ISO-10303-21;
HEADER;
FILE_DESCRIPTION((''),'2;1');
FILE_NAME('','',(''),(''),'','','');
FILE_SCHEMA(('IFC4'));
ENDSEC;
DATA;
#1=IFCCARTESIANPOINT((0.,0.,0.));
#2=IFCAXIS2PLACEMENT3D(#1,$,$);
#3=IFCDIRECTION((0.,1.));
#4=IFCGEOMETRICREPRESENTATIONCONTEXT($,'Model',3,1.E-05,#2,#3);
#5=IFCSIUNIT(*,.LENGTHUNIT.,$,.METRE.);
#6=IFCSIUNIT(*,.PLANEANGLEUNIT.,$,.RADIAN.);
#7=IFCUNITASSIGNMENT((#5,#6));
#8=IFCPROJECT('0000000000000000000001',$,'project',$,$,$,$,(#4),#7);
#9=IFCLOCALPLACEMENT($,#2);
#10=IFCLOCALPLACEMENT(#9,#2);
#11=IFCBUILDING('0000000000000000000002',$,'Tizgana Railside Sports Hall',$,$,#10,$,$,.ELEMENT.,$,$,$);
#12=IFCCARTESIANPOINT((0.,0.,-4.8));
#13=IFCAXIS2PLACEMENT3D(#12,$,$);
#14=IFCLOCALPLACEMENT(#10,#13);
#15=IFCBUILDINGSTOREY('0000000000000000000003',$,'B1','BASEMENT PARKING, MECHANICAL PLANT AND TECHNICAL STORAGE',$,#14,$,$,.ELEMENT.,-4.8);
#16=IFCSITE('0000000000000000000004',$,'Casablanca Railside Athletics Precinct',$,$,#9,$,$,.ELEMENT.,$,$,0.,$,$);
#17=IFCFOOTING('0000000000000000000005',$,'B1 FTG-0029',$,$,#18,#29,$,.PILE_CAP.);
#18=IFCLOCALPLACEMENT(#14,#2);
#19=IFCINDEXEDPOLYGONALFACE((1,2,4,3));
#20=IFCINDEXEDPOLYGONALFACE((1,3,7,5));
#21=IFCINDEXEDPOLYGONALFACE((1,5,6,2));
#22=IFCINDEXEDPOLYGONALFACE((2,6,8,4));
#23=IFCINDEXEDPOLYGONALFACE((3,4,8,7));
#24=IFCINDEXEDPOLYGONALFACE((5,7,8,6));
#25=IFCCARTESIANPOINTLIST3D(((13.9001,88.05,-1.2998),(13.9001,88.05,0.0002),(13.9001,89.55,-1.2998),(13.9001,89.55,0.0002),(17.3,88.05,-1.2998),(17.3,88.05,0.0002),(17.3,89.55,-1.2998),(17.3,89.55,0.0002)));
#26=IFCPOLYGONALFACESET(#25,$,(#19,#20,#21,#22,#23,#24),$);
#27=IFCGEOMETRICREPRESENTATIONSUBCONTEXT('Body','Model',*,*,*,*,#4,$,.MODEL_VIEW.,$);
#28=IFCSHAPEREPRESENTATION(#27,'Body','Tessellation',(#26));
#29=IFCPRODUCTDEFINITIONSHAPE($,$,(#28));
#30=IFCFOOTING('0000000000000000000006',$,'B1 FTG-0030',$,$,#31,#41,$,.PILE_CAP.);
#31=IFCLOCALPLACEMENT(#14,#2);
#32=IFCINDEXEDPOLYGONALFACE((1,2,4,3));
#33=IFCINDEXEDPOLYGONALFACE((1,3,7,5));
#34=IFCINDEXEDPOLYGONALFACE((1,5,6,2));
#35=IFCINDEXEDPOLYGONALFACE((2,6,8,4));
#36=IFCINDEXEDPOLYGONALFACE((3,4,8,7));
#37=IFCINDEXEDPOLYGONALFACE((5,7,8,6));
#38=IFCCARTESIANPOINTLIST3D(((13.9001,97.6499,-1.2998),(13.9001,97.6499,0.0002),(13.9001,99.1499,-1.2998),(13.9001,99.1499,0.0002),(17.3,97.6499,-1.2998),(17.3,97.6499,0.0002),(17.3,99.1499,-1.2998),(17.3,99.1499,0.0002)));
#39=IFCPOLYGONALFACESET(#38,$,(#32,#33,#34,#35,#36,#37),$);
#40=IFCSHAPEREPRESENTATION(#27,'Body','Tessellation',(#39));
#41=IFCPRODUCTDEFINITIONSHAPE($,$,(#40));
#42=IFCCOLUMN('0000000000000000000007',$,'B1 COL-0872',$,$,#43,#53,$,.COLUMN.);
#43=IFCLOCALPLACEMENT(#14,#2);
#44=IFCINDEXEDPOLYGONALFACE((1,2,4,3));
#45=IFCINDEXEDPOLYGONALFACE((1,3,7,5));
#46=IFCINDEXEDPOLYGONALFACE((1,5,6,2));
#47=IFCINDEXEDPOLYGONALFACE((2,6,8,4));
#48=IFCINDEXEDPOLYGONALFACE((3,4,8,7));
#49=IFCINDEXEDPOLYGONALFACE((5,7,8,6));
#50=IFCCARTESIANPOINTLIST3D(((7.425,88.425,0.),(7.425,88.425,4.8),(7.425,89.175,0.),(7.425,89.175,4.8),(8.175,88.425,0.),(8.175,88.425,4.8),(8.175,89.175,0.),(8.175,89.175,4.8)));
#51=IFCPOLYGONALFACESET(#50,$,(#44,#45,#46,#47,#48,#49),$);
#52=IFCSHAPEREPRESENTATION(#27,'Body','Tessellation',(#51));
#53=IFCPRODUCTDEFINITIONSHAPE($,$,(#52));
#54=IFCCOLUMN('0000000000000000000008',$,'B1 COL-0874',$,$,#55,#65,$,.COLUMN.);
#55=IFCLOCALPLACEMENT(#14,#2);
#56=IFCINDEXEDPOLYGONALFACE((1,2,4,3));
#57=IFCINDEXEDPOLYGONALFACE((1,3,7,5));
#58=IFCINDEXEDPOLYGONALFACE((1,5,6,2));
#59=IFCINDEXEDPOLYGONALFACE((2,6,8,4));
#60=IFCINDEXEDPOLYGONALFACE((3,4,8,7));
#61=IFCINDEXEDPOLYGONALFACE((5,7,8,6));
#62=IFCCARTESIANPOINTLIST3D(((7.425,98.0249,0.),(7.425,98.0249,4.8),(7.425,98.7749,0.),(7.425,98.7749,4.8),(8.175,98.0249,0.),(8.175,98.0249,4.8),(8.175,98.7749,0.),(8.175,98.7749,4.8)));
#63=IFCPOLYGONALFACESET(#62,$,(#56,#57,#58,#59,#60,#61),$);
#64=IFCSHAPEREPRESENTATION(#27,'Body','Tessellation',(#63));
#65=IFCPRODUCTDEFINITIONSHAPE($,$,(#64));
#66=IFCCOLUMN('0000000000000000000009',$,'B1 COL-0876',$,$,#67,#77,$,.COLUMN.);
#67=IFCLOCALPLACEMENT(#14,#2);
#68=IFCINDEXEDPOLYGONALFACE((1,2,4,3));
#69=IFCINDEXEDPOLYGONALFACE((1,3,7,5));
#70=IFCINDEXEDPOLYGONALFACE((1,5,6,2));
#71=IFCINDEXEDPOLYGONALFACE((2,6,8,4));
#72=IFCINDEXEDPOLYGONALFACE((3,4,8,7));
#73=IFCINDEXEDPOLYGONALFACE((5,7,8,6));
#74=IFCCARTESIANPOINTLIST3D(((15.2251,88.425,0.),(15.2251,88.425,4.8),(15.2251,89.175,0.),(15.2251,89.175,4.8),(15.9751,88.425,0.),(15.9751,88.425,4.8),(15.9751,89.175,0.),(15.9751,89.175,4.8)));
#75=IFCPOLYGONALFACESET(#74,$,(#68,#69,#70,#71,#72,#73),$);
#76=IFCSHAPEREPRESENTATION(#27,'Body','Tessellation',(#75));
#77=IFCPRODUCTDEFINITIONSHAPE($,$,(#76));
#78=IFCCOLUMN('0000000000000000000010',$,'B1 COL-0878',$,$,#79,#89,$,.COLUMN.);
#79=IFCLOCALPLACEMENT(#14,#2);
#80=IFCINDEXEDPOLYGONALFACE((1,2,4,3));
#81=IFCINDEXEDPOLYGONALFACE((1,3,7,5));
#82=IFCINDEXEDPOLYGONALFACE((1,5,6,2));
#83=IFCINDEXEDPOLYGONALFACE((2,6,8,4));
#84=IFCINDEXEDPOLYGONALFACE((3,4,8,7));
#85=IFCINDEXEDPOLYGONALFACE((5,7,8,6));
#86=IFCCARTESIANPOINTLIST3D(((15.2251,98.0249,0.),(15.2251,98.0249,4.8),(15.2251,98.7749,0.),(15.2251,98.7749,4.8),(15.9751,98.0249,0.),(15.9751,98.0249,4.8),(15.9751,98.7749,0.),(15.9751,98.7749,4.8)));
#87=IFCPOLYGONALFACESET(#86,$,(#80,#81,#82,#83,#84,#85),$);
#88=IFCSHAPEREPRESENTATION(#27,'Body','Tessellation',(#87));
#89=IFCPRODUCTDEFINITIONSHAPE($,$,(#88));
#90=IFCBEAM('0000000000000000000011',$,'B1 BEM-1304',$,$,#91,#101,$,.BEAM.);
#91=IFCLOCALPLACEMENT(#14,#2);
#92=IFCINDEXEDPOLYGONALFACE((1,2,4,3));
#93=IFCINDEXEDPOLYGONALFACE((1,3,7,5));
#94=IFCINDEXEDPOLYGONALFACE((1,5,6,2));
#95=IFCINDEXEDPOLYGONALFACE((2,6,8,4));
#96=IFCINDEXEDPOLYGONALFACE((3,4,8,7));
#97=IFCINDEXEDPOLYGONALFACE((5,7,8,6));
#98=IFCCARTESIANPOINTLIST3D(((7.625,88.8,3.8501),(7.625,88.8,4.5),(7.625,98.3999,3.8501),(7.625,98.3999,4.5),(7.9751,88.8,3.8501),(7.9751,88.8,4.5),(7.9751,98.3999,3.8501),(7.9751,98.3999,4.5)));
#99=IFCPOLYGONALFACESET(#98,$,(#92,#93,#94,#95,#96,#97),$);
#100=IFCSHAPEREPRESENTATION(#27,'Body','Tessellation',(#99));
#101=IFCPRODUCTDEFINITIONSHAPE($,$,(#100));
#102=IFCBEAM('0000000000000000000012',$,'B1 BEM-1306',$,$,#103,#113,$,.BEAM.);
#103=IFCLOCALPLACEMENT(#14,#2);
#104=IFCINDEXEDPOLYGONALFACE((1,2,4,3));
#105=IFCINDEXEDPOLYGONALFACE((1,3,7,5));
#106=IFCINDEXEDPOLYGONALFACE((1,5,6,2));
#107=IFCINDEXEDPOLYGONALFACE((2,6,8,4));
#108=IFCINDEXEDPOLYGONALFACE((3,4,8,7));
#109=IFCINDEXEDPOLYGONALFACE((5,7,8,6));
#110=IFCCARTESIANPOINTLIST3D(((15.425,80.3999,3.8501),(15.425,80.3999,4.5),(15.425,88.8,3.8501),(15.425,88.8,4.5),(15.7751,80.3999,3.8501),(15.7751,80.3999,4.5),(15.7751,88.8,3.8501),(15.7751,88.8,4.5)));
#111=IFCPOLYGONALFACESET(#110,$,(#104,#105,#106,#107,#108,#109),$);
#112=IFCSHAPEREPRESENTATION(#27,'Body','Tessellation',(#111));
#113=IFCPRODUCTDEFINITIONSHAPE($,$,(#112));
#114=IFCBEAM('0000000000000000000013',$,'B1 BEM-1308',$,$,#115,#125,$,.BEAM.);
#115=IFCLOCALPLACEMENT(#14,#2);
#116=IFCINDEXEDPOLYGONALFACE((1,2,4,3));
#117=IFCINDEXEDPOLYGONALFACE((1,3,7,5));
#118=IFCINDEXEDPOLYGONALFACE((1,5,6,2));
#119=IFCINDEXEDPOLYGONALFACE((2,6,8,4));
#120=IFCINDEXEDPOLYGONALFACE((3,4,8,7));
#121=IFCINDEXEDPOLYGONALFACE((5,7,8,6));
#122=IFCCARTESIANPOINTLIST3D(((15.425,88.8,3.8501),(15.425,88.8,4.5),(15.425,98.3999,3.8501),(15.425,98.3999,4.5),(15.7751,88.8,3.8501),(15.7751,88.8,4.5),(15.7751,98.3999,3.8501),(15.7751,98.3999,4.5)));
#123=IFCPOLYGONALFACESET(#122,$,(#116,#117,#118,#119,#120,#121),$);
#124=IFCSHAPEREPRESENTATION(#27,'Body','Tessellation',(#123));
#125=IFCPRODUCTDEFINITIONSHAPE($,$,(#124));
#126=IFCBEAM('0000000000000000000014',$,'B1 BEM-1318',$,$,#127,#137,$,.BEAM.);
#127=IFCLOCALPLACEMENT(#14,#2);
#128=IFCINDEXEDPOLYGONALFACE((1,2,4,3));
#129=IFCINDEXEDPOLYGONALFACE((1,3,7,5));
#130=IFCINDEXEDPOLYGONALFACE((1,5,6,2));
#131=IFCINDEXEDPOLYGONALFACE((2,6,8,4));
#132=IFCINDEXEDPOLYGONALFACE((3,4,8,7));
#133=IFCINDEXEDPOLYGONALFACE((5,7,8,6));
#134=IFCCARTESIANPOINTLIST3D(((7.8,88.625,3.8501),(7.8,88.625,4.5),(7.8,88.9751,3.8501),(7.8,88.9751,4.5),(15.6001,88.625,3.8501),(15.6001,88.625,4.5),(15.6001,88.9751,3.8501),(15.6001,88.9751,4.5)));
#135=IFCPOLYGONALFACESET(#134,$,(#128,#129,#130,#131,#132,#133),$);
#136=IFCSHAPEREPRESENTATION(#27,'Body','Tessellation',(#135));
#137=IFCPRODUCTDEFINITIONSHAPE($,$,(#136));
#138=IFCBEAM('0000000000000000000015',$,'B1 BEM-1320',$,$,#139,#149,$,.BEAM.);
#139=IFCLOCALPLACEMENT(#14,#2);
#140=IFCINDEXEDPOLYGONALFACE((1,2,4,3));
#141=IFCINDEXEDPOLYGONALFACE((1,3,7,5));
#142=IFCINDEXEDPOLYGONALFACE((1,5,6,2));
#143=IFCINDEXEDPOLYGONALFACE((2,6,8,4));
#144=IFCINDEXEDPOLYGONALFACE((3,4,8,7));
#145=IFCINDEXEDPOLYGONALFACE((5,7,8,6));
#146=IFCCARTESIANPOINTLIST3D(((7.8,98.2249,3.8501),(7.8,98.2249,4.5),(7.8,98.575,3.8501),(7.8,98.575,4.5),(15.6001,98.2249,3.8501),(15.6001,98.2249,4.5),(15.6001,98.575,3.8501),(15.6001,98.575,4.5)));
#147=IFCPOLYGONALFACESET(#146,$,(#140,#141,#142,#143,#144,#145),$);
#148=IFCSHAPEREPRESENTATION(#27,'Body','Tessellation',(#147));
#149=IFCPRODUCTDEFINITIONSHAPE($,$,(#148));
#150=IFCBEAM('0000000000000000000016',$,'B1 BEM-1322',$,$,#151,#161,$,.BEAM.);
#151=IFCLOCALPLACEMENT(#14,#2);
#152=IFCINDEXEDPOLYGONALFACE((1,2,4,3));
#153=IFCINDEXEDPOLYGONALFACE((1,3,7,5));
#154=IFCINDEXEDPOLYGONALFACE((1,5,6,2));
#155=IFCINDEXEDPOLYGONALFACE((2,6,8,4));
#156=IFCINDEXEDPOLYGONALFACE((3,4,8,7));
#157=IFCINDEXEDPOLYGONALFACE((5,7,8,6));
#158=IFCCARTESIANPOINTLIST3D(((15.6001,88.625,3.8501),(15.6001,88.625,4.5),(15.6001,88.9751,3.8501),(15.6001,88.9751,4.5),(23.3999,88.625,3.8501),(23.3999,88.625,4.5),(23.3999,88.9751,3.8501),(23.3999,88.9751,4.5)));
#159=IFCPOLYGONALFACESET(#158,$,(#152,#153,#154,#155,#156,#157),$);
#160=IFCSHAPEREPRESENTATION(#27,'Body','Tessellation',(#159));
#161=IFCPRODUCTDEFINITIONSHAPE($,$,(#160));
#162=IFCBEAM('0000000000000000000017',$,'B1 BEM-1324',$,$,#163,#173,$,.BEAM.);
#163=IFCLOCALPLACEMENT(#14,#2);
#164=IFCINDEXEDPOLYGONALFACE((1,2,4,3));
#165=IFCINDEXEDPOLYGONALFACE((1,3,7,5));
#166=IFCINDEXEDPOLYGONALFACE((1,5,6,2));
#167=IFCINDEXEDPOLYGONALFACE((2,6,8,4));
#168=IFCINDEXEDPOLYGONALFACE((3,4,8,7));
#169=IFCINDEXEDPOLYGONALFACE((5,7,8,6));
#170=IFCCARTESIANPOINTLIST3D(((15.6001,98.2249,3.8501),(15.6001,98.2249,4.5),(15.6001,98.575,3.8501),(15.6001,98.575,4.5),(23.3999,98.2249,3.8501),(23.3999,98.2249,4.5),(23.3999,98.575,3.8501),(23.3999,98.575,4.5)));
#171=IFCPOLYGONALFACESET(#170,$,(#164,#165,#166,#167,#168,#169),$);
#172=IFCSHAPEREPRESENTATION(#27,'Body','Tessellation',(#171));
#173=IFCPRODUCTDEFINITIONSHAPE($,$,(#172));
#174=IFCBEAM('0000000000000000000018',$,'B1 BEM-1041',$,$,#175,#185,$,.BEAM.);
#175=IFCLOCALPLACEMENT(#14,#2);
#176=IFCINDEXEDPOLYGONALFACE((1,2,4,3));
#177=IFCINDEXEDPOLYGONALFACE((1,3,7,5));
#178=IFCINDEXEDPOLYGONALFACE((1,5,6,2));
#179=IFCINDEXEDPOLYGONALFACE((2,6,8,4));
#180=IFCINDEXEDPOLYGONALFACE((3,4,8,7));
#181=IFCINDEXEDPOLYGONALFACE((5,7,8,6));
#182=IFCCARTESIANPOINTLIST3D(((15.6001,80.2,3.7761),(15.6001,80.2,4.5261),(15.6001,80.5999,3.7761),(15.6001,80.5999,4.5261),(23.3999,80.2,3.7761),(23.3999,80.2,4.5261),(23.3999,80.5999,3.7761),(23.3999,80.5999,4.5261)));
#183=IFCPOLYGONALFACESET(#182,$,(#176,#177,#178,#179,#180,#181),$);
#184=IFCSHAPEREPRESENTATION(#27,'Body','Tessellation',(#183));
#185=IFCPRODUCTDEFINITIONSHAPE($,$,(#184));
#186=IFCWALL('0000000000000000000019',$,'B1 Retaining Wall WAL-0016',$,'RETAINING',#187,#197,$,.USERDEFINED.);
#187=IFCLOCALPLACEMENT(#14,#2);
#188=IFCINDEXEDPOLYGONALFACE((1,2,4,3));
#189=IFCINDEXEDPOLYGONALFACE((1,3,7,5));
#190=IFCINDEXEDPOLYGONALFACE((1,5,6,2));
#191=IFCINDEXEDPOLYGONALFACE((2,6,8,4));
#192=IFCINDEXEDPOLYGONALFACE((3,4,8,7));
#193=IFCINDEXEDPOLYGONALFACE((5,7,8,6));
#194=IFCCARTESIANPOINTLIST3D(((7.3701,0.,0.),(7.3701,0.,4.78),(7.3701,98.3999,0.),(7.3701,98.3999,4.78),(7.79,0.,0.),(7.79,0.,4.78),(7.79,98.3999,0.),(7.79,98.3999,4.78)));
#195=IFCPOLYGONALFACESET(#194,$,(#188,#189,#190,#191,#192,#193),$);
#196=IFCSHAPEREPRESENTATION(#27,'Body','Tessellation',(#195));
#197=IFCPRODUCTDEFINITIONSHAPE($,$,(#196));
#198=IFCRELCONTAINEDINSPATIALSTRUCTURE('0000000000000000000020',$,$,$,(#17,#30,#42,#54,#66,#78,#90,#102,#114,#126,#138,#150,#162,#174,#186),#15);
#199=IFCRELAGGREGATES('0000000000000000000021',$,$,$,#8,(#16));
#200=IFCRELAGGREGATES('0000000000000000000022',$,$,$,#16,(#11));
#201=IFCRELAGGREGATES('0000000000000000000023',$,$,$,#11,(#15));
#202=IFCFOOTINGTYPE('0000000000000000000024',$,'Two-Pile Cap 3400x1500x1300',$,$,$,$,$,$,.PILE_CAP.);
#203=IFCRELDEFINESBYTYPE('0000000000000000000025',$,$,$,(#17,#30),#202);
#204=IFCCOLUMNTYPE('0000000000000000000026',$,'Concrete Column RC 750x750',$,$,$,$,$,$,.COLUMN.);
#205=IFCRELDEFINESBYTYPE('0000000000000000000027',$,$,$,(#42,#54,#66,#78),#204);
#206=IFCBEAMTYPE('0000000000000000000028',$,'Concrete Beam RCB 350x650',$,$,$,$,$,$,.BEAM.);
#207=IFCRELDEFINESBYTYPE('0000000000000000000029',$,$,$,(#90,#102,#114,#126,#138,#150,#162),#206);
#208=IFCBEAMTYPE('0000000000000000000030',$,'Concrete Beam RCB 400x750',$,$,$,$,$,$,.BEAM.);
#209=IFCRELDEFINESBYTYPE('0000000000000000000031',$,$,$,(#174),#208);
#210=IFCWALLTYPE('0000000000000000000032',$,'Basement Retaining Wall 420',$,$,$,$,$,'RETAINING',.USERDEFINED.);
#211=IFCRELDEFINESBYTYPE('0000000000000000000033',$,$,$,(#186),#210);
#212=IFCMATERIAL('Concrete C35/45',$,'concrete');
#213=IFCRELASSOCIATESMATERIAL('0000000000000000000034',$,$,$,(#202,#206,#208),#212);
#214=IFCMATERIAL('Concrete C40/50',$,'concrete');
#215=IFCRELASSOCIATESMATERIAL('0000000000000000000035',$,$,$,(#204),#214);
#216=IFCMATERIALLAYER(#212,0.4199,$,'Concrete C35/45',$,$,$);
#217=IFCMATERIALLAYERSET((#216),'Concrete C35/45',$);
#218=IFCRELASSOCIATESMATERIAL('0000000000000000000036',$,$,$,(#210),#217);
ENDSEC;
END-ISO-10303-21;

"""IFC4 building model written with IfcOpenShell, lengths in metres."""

from ifc_helpers import new_model, si_unit, direction, frame, frame_2d, origin, origin_2d, place, context, subcontext, project, spatial, rectangle, extrude, material, layer, layer_set, material_profile, profile_set, type_object, element, save


model = new_model("IFC4")

# Units and contexts
model_context = context("Model", 3, precision=1e-05, world=origin(), true_north=direction((0.0, 1.0)))
body_context = subcontext(model_context, "Body", "Model", "MODEL_VIEW")
ifc_project = project(units=[si_unit("LENGTHUNIT", "METRE"), si_unit("PLANEANGLEUNIT", "RADIAN")], contexts=[model_context])

# Site, building, storey
site_placement = place(None, origin())
site = spatial("IfcSite", under=ifc_project, at=site_placement, Name="Casablanca Railside Athletics Precinct", CompositionType="ELEMENT", RefElevation=0.0)
building_placement = place(site_placement, origin())
building = spatial("IfcBuilding", under=site, at=building_placement, Name="Tizgana Railside Sports Hall", CompositionType="ELEMENT")
storey_placement = place(building_placement, frame((0.0, 0.0, -4.8)))
storey = spatial("IfcBuildingStorey", under=building, at=storey_placement, Name="B1", Description="BASEMENT PARKING, MECHANICAL PLANT AND TECHNICAL STORAGE", CompositionType="ELEMENT", Elevation=-4.8)

# Shared definitions
ifc_material_1 = material(Name="Concrete C35/45", Category="concrete")

# Footings
footing_type_1 = type_object("IfcFootingType", Name="Two-Pile Cap 3400x1500x1300", PredefinedType="PILE_CAP", material=ifc_material_1)
for number, where, z_axis, x_axis, name in (
    (1, (15.6001, 88.8, -1.2998), (0.0, 0.0, 1.0), (1.0, 0.0, 0.0), "B1 FTG-0029"),
    (2, (15.6001, 98.3999, -1.2998), (0.0, 0.0, 1.0), (1.0, 0.0, 0.0), "B1 FTG-0030"),
):
    element("IfcFooting", number, at=place(storey_placement, frame(where, z_axis=z_axis, x_axis=x_axis)), inside=storey, type_object=footing_type_1, Name=name, PredefinedType="PILE_CAP", context=body_context, shape_type="SweptSolid", body=[
        extrude(rectangle(XDim=3.3999, YDim=1.5, at=origin_2d()), origin(), (0.0, 0.0, 1.0), 1.3),
    ])

# Columns
ifc_material_2 = material(Name="Concrete C40/50", Category="concrete")
ifc_material_profile_1 = material_profile(ifc_material_2, rectangle(XDim=0.75, YDim=0.75, at=origin_2d()), Name="RC 750x750")
ifc_profile_set_1 = profile_set([ifc_material_profile_1], Name="Concrete C40/50")
column_type = type_object("IfcColumnType", Name="Concrete Column RC 750x750", PredefinedType="COLUMN", material=ifc_profile_set_1)
for number, where, z_axis, x_axis, name in (
    (3, (7.8, 88.8, 0.0), (0.0, 0.0, 1.0), (1.0, 0.0, 0.0), "B1 COL-0872"),
    (4, (7.8, 98.3999, 0.0), (0.0, 0.0, 1.0), (1.0, 0.0, 0.0), "B1 COL-0874"),
    (5, (15.6001, 88.8, 0.0), (0.0, 0.0, 1.0), (1.0, 0.0, 0.0), "B1 COL-0876"),
    (6, (15.6001, 98.3999, 0.0), (0.0, 0.0, 1.0), (1.0, 0.0, 0.0), "B1 COL-0878"),
):
    element("IfcColumn", number, at=place(storey_placement, frame(where, z_axis=z_axis, x_axis=x_axis)), inside=storey, type_object=column_type, Name=name, PredefinedType="COLUMN", context=body_context, shape_type="SweptSolid", body=[
        extrude(rectangle(XDim=0.75, YDim=0.75, at=origin_2d()), origin(), (0.0, 0.0, 1.0), 4.8),
    ])

# Beams
ifc_material_profile_2 = material_profile(ifc_material_1, rectangle(XDim=0.3501, YDim=0.6499, at=origin_2d()), Name="RCB 350x650")
ifc_profile_set_2 = profile_set([ifc_material_profile_2], Name="Concrete C35/45")
beam_type_1 = type_object("IfcBeamType", Name="Concrete Beam RCB 350x650", PredefinedType="BEAM", material=ifc_profile_set_2)
beam_1_placement = place(storey_placement, frame((7.8, 88.8, 4.175), z_axis=(0.0, 1.0, 0.0), x_axis=(-1.0, 0.0, 0.0)))
element("IfcBeam", 7, at=beam_1_placement, inside=storey, type_object=beam_type_1, Name="B1 BEM-1304", PredefinedType="BEAM", context=body_context, shape_type="SweptSolid", body=[
    extrude(rectangle(XDim=0.3501, YDim=0.6499, at=origin_2d()), origin(), (0.0, 0.0, 1.0), 9.5999),
])
beam_2_placement = place(storey_placement, frame((15.6001, 80.3999, 4.175), z_axis=(0.0, 1.0, 0.0), x_axis=(-1.0, 0.0, 0.0)))
element("IfcBeam", 8, at=beam_2_placement, inside=storey, type_object=beam_type_1, Name="B1 BEM-1306", PredefinedType="BEAM", context=body_context, shape_type="SweptSolid", body=[
    extrude(rectangle(XDim=0.3501, YDim=0.6499, at=origin_2d()), origin(), (0.0, 0.0, 1.0), 8.4001),
])
beam_3_placement = place(storey_placement, frame((15.6001, 88.8, 4.175), z_axis=(0.0, 1.0, 0.0), x_axis=(-1.0, 0.0, 0.0)))
element("IfcBeam", 9, at=beam_3_placement, inside=storey, type_object=beam_type_1, Name="B1 BEM-1308", PredefinedType="BEAM", context=body_context, shape_type="SweptSolid", body=[
    extrude(rectangle(XDim=0.3501, YDim=0.6499, at=origin_2d()), origin(), (0.0, 0.0, 1.0), 9.5999),
])
for number, where, z_axis, x_axis, name in (
    (10, (7.8, 88.8, 4.175), (1.0, 0.0, 0.0), (0.0, 1.0, 0.0), "B1 BEM-1318"),
    (11, (7.8, 98.3999, 4.175), (1.0, 0.0, 0.0), (0.0, 1.0, 0.0), "B1 BEM-1320"),
):
    element("IfcBeam", number, at=place(storey_placement, frame(where, z_axis=z_axis, x_axis=x_axis)), inside=storey, type_object=beam_type_1, Name=name, PredefinedType="BEAM", context=body_context, shape_type="SweptSolid", body=[
        extrude(rectangle(XDim=0.3501, YDim=0.6499, at=origin_2d()), origin(), (0.0, 0.0, 1.0), 7.8),
    ])
for number, where, z_axis, x_axis, name in (
    (12, (15.6001, 88.8, 4.175), (1.0, 0.0, 0.0), (0.0, 1.0, 0.0), "B1 BEM-1322"),
    (13, (15.6001, 98.3999, 4.175), (1.0, 0.0, 0.0), (0.0, 1.0, 0.0), "B1 BEM-1324"),
):
    element("IfcBeam", number, at=place(storey_placement, frame(where, z_axis=z_axis, x_axis=x_axis)), inside=storey, type_object=beam_type_1, Name=name, PredefinedType="BEAM", context=body_context, shape_type="SweptSolid", body=[
        extrude(rectangle(XDim=0.3501, YDim=0.6499, at=origin_2d()), origin(), (0.0, 0.0, 1.0), 7.7998),
    ])
ifc_material_profile_3 = material_profile(ifc_material_1, rectangle(XDim=0.3999, YDim=0.75, at=origin_2d()), Name="RCB 400x750")
ifc_profile_set_3 = profile_set([ifc_material_profile_3], Name="Concrete C35/45")
beam_type_2 = type_object("IfcBeamType", Name="Concrete Beam RCB 400x750", PredefinedType="BEAM", material=ifc_profile_set_3)
beam_4_placement = place(storey_placement, frame((15.6001, 80.3999, 4.1511), z_axis=(1.0, 0.0, 0.0), x_axis=(0.0, 1.0, 0.0)))
element("IfcBeam", 14, at=beam_4_placement, inside=storey, type_object=beam_type_2, Name="B1 BEM-1041", PredefinedType="BEAM", context=body_context, shape_type="SweptSolid", body=[
    extrude(rectangle(XDim=0.3999, YDim=0.75, at=origin_2d()), origin(), (0.0, 0.0, 1.0), 7.7998),
])

# Wall
ifc_layer = layer(ifc_material_1, 0.4199, Name="Concrete C35/45")
ifc_layer_set = layer_set([ifc_layer], Name="Concrete C35/45")
wall_type = type_object("IfcWallType", Name="Basement Retaining Wall 420", ElementType="RETAINING", PredefinedType="USERDEFINED", material=ifc_layer_set)
wall_placement = place(storey_placement, frame((7.5801, 98.3999, 0.0), z_axis=(0.0, 0.0, 1.0), x_axis=(0.0, -1.0, 0.0)))
element("IfcWall", 15, at=wall_placement, inside=storey, type_object=wall_type, Name="B1 Retaining Wall WAL-0016", ObjectType="RETAINING", PredefinedType="USERDEFINED", context=body_context, shape_type="SweptSolid", body=[
    extrude(rectangle(XDim=98.3999, YDim=0.4199, at=frame_2d((49.2, 0.0))), origin(), (0.0, 0.0, 1.0), 4.78),
])

save(model, "model.ifc")
